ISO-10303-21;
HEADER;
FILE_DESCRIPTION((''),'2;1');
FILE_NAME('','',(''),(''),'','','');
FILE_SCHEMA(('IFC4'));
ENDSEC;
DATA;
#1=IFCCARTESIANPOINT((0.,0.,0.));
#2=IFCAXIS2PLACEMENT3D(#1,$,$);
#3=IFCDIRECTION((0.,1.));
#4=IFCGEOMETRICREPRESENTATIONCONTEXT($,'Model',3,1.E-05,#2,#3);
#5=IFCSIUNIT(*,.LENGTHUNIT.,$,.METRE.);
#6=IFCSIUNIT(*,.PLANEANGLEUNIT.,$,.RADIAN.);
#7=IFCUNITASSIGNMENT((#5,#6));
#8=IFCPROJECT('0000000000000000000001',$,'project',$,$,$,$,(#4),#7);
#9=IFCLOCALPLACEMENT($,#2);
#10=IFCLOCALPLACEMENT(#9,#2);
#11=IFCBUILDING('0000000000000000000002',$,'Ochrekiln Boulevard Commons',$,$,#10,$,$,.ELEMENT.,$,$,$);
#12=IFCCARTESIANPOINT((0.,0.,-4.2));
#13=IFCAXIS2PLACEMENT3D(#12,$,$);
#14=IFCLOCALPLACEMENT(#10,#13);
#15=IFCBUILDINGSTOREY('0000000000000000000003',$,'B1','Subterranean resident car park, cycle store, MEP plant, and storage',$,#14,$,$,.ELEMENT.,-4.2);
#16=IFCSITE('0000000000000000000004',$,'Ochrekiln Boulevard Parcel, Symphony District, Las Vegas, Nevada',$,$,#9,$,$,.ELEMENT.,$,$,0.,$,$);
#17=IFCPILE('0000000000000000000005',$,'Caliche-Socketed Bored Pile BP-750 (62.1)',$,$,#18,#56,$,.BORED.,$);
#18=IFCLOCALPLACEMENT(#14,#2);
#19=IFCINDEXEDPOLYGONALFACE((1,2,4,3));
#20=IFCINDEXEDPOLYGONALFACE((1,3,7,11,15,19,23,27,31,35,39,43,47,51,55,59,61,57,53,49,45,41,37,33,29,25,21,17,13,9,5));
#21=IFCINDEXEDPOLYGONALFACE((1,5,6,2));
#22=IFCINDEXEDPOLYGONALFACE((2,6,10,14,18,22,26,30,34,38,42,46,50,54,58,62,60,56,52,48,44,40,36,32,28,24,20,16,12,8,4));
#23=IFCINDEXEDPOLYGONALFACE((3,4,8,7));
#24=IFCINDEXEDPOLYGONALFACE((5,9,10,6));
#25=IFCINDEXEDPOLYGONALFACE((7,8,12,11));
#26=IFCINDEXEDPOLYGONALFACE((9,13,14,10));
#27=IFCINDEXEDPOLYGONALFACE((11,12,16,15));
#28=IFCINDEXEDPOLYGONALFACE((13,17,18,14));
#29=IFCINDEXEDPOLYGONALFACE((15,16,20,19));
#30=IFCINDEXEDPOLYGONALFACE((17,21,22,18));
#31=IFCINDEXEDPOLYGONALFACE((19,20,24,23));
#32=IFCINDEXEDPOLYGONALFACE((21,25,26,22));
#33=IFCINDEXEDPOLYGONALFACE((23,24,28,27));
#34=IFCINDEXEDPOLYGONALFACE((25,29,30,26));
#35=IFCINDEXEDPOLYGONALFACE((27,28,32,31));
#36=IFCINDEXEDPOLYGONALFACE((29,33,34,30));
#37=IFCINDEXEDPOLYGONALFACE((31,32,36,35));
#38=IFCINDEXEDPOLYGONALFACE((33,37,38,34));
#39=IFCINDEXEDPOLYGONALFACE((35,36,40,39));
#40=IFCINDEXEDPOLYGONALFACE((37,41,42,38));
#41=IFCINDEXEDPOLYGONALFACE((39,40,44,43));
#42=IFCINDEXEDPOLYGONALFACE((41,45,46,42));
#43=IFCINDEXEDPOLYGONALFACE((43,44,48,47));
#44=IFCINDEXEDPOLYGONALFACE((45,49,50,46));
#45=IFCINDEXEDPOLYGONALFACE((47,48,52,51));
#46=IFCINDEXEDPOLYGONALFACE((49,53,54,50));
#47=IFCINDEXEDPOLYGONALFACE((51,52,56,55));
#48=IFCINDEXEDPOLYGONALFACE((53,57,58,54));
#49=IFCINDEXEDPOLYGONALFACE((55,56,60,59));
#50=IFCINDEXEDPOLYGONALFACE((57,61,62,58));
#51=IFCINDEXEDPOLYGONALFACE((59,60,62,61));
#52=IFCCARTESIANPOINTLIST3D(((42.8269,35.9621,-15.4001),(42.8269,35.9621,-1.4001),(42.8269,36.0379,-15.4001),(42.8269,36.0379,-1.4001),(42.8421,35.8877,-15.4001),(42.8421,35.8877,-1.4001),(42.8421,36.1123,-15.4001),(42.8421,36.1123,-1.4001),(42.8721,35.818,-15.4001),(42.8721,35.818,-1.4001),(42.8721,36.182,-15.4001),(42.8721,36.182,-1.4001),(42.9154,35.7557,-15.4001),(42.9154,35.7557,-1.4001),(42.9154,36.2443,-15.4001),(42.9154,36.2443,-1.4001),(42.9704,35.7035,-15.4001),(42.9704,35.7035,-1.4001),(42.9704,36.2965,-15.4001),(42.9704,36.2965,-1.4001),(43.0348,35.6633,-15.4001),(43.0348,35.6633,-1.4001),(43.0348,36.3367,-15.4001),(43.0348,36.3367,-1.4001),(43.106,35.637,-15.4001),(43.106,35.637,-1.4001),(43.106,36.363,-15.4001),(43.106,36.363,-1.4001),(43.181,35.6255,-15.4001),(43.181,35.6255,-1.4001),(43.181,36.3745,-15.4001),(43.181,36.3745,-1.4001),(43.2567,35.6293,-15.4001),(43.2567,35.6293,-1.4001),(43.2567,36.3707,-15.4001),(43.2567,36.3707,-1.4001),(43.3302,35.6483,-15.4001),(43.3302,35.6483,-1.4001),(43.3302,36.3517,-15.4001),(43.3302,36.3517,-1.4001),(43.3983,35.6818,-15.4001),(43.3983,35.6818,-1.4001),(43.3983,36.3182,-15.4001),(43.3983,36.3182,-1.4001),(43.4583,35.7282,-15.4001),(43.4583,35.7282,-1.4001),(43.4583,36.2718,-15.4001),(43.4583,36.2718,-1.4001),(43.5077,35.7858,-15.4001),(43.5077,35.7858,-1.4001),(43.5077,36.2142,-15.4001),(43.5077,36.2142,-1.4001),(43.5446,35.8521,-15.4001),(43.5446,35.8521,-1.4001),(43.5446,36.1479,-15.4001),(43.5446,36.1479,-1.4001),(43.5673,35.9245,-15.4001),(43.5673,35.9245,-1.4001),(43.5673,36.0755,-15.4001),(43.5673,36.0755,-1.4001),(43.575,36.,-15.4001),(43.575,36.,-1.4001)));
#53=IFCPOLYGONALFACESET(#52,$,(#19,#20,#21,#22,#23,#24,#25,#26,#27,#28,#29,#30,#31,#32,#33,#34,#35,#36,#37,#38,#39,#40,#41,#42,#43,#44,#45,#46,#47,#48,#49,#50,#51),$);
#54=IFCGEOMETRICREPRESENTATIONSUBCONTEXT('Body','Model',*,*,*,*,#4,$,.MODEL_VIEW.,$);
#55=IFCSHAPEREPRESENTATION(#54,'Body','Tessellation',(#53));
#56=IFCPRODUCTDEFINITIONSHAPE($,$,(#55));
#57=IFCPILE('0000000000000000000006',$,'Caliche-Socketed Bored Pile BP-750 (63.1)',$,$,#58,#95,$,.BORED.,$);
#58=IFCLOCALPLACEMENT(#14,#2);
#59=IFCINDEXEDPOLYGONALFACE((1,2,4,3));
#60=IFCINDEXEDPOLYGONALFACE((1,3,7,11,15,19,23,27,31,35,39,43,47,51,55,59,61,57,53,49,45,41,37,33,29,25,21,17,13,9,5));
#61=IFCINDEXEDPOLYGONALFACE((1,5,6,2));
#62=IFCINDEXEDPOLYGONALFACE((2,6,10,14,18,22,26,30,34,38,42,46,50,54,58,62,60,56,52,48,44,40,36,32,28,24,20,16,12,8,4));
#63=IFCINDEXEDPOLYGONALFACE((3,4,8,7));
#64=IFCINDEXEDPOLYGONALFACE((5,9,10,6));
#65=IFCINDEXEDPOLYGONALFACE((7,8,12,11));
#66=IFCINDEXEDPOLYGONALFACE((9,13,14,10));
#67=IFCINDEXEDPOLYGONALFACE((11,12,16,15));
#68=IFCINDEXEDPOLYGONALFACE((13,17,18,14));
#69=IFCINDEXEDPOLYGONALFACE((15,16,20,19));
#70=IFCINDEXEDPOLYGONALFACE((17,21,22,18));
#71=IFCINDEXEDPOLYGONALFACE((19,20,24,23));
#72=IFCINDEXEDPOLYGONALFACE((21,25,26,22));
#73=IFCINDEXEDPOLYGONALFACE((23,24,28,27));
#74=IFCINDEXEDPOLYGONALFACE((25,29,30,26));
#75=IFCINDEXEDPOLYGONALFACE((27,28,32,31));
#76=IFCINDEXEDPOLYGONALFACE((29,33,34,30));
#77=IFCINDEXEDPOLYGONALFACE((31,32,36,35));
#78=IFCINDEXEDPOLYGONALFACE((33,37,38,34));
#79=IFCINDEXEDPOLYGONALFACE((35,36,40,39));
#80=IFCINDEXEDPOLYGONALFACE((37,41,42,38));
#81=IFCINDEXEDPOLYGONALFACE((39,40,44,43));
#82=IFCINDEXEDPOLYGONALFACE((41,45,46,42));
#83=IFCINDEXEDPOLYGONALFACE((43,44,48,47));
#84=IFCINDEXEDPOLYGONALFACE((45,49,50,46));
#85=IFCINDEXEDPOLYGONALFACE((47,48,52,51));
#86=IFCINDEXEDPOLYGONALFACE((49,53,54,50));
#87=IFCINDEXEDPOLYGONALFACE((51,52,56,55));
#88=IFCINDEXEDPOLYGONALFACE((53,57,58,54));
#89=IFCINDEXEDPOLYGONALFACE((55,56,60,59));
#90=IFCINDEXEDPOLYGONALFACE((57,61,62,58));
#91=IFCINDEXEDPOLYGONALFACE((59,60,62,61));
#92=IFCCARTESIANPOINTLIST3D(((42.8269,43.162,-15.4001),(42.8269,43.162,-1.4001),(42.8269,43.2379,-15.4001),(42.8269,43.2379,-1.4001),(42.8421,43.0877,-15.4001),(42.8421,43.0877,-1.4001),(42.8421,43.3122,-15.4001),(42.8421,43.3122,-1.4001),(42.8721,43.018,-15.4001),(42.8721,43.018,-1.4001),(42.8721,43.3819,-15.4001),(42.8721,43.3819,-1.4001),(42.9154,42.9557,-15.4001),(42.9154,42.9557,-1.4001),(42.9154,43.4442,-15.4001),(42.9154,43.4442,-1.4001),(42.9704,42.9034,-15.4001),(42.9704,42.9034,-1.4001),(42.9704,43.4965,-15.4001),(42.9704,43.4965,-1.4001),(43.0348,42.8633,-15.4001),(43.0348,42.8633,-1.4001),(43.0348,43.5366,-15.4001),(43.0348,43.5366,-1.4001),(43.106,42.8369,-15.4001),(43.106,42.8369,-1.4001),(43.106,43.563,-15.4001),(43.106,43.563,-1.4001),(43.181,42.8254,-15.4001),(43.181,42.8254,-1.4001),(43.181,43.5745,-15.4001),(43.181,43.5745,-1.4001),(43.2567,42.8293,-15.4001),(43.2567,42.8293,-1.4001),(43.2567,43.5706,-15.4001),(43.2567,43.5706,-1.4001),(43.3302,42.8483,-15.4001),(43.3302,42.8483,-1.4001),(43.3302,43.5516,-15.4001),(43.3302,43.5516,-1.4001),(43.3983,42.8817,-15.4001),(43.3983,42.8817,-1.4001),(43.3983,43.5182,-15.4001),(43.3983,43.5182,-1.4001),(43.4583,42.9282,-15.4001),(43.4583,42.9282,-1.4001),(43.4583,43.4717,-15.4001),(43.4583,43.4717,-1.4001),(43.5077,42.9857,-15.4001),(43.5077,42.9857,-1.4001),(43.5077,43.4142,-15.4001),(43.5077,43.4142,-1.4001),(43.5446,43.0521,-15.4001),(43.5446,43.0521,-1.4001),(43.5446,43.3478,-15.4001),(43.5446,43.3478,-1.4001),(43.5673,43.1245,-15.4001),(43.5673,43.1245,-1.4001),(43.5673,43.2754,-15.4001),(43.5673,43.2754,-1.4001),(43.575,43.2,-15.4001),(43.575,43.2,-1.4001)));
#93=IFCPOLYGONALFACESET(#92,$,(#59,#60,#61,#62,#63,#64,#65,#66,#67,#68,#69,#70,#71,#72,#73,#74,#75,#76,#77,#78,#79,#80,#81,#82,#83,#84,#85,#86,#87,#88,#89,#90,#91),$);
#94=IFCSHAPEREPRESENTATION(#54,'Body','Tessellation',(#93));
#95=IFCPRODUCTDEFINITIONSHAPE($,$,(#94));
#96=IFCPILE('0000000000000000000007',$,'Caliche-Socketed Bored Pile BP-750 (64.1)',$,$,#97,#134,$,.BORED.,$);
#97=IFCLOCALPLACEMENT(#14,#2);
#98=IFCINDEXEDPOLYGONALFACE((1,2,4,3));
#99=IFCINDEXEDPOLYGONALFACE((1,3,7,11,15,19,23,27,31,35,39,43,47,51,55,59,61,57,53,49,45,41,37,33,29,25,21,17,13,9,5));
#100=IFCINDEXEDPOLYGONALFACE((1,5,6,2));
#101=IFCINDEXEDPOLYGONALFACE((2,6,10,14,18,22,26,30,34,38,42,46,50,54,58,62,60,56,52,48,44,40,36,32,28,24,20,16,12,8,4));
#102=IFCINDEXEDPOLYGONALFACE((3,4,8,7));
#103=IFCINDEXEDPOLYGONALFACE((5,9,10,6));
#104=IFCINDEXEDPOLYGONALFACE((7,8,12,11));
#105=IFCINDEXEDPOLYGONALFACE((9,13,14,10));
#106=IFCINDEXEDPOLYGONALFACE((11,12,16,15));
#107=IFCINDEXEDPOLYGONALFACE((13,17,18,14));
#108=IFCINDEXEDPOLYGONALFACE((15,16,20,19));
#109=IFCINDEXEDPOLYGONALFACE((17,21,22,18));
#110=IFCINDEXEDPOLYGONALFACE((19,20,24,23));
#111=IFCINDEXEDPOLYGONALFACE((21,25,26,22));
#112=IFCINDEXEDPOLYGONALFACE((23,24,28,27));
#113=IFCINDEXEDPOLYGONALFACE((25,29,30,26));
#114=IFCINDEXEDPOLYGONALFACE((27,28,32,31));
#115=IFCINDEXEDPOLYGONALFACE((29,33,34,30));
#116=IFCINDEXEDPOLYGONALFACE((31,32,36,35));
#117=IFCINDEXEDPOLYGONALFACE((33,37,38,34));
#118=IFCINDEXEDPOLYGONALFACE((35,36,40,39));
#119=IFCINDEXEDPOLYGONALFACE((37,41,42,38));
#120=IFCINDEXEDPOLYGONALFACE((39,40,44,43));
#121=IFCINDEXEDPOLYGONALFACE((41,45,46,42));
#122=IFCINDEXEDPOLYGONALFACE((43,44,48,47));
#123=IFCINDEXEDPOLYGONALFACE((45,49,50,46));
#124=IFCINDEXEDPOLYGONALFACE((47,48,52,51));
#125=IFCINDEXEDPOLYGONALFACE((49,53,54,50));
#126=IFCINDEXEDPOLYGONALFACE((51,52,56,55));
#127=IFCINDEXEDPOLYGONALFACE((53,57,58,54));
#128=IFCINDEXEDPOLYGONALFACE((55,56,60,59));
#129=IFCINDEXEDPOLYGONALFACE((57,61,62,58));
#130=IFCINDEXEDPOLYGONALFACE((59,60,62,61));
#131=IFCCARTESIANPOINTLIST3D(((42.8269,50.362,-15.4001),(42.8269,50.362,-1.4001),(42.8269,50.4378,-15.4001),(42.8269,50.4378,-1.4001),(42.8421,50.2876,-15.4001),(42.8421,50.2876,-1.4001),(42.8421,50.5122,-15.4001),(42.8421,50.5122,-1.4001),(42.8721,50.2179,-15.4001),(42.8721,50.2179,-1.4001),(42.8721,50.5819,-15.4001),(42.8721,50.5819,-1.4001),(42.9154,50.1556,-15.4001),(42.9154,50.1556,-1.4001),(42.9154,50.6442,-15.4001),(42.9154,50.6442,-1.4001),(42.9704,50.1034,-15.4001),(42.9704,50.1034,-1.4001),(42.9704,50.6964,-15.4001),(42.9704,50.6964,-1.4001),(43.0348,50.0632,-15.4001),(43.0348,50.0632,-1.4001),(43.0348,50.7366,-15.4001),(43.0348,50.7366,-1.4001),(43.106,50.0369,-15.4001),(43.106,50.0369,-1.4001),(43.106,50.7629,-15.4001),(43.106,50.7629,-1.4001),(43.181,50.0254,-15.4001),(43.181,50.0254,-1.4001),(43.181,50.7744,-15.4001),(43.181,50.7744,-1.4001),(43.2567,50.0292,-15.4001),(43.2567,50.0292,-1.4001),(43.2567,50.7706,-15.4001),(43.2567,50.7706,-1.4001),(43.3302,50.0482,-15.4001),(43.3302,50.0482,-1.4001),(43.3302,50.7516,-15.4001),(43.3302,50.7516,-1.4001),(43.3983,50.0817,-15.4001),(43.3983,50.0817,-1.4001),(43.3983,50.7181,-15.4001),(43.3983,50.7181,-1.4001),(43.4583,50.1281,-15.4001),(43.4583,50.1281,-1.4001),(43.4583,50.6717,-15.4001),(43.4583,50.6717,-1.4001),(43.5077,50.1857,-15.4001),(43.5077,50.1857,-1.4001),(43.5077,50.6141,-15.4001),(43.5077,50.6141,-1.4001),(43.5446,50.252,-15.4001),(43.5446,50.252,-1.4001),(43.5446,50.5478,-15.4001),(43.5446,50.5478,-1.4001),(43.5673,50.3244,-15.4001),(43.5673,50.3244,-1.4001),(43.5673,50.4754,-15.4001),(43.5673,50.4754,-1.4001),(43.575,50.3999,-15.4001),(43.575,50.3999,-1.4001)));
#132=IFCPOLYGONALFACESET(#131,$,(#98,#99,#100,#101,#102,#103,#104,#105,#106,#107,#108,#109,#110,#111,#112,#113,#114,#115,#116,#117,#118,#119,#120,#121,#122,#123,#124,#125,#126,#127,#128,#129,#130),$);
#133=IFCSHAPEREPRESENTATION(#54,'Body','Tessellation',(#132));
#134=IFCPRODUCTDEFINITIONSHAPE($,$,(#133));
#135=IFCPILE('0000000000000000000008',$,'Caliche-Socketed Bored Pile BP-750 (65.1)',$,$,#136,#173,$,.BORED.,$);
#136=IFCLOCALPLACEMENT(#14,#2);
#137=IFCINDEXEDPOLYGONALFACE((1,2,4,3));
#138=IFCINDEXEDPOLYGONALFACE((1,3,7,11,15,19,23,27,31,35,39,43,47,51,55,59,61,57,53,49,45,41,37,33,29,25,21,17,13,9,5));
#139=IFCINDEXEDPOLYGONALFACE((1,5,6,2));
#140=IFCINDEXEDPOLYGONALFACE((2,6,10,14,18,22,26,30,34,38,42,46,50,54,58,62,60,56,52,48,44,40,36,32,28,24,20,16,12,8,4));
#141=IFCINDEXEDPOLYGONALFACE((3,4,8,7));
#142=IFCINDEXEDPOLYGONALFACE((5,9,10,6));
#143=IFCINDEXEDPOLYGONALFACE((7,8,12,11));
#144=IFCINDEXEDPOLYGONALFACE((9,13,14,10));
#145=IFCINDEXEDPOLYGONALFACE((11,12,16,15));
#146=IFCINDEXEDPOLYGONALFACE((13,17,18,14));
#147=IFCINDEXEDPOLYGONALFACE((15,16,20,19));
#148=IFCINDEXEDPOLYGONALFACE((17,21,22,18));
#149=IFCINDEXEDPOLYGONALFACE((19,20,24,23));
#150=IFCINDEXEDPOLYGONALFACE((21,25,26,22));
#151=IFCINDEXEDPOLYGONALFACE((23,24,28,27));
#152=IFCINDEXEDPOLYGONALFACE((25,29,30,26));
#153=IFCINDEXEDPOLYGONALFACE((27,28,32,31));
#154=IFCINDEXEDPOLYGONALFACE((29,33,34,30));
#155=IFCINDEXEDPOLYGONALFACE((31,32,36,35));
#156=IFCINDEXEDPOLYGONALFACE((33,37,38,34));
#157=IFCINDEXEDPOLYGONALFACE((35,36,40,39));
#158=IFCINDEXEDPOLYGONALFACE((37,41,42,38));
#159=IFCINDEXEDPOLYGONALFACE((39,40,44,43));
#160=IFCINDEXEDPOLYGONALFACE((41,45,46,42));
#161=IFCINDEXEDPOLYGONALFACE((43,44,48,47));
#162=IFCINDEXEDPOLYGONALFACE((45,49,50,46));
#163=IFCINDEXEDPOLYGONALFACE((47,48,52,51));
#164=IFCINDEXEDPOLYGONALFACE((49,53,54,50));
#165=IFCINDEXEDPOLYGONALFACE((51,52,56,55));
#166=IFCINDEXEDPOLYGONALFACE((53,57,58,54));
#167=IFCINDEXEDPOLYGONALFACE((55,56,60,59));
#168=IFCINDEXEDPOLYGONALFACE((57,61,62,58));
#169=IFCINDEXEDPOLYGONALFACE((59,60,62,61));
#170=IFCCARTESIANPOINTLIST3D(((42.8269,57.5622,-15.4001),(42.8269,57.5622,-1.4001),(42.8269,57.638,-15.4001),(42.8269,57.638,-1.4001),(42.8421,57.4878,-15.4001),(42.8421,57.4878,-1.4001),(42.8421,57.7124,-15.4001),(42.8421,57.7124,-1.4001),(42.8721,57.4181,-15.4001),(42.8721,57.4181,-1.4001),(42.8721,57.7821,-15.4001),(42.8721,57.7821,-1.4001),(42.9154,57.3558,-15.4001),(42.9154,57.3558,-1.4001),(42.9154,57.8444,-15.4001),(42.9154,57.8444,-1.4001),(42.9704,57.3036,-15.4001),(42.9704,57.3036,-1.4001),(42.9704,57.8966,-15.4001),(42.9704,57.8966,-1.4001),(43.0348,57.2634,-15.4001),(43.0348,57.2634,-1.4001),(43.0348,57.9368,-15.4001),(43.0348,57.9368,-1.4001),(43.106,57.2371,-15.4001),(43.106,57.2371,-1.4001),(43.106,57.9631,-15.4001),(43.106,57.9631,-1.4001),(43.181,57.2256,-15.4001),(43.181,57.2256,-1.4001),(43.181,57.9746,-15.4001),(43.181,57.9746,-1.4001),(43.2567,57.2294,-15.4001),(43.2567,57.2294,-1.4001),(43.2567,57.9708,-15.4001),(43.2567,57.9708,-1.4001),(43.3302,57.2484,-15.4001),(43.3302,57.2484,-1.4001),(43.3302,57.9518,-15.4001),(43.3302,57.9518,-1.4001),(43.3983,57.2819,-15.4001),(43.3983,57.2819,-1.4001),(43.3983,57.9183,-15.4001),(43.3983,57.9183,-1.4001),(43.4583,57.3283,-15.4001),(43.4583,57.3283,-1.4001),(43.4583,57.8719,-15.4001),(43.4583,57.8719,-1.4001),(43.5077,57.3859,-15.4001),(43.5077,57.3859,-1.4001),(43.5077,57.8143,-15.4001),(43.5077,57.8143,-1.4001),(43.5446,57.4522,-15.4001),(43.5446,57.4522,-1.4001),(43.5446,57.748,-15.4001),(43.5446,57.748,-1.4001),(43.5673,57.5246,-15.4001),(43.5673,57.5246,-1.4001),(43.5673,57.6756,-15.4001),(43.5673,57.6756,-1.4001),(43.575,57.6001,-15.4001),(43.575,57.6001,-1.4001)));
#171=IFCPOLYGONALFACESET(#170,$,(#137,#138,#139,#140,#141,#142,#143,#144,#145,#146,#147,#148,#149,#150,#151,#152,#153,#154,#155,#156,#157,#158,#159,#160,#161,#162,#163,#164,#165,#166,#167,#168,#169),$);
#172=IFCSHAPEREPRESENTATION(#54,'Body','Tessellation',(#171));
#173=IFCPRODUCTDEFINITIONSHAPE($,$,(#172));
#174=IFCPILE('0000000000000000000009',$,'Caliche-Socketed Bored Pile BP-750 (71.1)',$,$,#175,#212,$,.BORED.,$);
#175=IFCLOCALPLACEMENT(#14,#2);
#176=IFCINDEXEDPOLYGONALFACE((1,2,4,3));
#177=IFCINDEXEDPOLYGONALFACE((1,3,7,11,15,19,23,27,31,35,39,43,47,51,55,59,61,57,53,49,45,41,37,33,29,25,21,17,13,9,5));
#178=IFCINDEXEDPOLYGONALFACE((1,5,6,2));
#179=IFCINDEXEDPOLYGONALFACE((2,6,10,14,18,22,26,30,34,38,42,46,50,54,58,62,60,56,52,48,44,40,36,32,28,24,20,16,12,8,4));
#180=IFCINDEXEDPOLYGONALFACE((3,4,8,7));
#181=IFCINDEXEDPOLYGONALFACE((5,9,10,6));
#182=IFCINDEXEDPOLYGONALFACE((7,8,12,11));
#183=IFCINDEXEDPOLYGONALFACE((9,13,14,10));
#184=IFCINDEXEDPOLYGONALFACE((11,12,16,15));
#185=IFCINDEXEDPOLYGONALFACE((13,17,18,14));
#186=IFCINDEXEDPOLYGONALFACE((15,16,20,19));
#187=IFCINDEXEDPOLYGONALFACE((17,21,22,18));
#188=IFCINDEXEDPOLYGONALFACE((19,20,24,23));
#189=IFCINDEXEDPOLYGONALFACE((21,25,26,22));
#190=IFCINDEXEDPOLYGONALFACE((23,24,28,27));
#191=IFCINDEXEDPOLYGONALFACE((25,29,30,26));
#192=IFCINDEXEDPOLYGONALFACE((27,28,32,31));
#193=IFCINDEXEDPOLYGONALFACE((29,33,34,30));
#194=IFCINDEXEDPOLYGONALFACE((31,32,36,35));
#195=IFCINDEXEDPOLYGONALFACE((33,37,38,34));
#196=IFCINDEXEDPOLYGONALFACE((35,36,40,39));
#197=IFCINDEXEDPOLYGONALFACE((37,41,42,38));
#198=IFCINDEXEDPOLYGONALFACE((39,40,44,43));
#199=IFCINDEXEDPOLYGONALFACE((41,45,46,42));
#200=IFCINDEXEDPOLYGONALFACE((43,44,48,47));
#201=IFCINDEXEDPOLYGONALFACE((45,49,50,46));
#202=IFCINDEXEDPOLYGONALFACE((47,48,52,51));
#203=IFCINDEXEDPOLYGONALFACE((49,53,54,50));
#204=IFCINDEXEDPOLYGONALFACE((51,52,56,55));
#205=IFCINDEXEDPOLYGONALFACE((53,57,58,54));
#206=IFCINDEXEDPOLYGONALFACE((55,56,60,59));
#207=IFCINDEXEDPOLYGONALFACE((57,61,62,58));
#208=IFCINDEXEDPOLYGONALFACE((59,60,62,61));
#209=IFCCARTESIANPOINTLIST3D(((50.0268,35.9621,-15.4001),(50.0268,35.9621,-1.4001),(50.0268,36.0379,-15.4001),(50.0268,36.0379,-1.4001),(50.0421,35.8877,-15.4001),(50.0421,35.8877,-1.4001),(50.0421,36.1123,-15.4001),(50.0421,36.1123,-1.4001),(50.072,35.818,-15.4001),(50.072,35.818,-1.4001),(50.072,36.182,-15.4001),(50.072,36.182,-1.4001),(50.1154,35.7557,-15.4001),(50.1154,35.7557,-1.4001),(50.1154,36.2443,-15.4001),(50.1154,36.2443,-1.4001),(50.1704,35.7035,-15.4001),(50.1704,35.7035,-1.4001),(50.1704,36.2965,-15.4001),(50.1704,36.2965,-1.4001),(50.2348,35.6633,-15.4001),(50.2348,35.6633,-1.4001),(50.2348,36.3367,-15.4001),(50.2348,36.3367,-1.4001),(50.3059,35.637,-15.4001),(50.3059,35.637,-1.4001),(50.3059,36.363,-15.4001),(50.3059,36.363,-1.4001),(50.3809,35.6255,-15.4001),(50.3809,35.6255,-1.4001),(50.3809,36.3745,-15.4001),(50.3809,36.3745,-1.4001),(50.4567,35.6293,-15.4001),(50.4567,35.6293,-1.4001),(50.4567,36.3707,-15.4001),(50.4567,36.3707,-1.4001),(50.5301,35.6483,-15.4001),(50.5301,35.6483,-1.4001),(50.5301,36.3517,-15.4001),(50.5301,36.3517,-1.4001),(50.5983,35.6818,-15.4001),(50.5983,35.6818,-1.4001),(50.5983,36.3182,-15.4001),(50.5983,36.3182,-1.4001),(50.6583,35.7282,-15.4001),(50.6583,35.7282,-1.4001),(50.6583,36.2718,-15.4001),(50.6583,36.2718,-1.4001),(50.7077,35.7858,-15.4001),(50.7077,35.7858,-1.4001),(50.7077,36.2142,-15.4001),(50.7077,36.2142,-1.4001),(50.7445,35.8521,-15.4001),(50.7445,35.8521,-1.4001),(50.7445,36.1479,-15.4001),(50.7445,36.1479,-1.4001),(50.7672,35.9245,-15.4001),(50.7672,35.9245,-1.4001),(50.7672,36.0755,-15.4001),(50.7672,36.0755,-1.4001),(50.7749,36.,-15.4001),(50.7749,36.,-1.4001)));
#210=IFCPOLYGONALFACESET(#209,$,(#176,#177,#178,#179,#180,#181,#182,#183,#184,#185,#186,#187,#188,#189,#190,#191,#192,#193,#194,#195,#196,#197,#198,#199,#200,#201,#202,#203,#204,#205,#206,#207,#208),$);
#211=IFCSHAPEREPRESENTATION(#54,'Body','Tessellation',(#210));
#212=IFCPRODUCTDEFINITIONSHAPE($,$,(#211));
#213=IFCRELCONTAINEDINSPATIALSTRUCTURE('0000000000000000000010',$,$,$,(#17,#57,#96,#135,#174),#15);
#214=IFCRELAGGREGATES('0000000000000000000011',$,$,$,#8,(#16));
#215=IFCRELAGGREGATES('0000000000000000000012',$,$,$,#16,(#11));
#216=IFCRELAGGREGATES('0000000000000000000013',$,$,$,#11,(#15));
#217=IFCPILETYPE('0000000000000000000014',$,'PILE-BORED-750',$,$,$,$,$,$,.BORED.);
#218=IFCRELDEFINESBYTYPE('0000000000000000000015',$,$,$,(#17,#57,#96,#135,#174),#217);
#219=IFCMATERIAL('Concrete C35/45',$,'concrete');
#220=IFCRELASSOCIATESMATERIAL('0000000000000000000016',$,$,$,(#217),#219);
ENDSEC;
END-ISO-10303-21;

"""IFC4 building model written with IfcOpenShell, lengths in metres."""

from ifc_helpers import new_model, si_unit, direction, frame, origin, origin_2d, place, context, subcontext, project, spatial, circle, extrude, material, material_profile, profile_set, type_object, element, save


model = new_model("IFC4")

# Units and contexts
model_context = context("Model", 3, precision=1e-05, world=origin(), true_north=direction((0.0, 1.0)))
body_context = subcontext(model_context, "Body", "Model", "MODEL_VIEW")
ifc_project = project(units=[si_unit("LENGTHUNIT", "METRE"), si_unit("PLANEANGLEUNIT", "RADIAN")], contexts=[model_context])

# Site, building, storey
site_placement = place(None, origin())
site = spatial("IfcSite", under=ifc_project, at=site_placement, Name="Ochrekiln Boulevard Parcel, Symphony District, Las Vegas, Nevada", CompositionType="ELEMENT", RefElevation=0.0)
building_placement = place(site_placement, origin())
building = spatial("IfcBuilding", under=site, at=building_placement, Name="Ochrekiln Boulevard Commons", CompositionType="ELEMENT")
storey_placement = place(building_placement, frame((0.0, 0.0, -4.2)))
storey = spatial("IfcBuildingStorey", under=building, at=storey_placement, Name="B1", Description="Subterranean resident car park, cycle store, MEP plant, and storage", CompositionType="ELEMENT", Elevation=-4.2)

# Shared definitions
ifc_material_1 = material(Name="Concrete C35/45", Category="concrete")

# Piles
ifc_material_profile_1 = material_profile(ifc_material_1, circle(Radius=0.375, at=origin_2d()), Name="PILE-D750")
ifc_profile_set_1 = profile_set([ifc_material_profile_1], Name="Concrete C35/45")
pile_type = type_object("IfcPileType", Name="PILE-BORED-750", PredefinedType="BORED", material=ifc_profile_set_1)
for number, where, z_axis, x_axis, name in (
    (1, (43.2, 36.0, -1.4001), (0.0, 0.0, -1.0), (1.0, 0.0, 0.0), "Caliche-Socketed Bored Pile BP-750 (62.1)"),
    (2, (43.2, 43.2, -1.4001), (0.0, 0.0, -1.0), (1.0, 0.0, 0.0), "Caliche-Socketed Bored Pile BP-750 (63.1)"),
    (3, (43.2, 50.3999, -1.4001), (0.0, 0.0, -1.0), (1.0, 0.0, 0.0), "Caliche-Socketed Bored Pile BP-750 (64.1)"),
    (4, (43.2, 57.6001, -1.4001), (0.0, 0.0, -1.0), (1.0, 0.0, 0.0), "Caliche-Socketed Bored Pile BP-750 (65.1)"),
    (5, (50.3999, 36.0, -1.4001), (0.0, 0.0, -1.0), (1.0, 0.0, 0.0), "Caliche-Socketed Bored Pile BP-750 (71.1)"),
):
    element("IfcPile", number, at=place(storey_placement, frame(where, z_axis=z_axis, x_axis=x_axis)), inside=storey, type_object=pile_type, Name=name, PredefinedType="BORED", context=body_context, shape_type="SweptSolid", body=[
        extrude(circle(Radius=0.375, at=origin_2d()), origin(), (0.0, 0.0, 1.0), 14.0),
    ])

save(model, "model.ifc")
